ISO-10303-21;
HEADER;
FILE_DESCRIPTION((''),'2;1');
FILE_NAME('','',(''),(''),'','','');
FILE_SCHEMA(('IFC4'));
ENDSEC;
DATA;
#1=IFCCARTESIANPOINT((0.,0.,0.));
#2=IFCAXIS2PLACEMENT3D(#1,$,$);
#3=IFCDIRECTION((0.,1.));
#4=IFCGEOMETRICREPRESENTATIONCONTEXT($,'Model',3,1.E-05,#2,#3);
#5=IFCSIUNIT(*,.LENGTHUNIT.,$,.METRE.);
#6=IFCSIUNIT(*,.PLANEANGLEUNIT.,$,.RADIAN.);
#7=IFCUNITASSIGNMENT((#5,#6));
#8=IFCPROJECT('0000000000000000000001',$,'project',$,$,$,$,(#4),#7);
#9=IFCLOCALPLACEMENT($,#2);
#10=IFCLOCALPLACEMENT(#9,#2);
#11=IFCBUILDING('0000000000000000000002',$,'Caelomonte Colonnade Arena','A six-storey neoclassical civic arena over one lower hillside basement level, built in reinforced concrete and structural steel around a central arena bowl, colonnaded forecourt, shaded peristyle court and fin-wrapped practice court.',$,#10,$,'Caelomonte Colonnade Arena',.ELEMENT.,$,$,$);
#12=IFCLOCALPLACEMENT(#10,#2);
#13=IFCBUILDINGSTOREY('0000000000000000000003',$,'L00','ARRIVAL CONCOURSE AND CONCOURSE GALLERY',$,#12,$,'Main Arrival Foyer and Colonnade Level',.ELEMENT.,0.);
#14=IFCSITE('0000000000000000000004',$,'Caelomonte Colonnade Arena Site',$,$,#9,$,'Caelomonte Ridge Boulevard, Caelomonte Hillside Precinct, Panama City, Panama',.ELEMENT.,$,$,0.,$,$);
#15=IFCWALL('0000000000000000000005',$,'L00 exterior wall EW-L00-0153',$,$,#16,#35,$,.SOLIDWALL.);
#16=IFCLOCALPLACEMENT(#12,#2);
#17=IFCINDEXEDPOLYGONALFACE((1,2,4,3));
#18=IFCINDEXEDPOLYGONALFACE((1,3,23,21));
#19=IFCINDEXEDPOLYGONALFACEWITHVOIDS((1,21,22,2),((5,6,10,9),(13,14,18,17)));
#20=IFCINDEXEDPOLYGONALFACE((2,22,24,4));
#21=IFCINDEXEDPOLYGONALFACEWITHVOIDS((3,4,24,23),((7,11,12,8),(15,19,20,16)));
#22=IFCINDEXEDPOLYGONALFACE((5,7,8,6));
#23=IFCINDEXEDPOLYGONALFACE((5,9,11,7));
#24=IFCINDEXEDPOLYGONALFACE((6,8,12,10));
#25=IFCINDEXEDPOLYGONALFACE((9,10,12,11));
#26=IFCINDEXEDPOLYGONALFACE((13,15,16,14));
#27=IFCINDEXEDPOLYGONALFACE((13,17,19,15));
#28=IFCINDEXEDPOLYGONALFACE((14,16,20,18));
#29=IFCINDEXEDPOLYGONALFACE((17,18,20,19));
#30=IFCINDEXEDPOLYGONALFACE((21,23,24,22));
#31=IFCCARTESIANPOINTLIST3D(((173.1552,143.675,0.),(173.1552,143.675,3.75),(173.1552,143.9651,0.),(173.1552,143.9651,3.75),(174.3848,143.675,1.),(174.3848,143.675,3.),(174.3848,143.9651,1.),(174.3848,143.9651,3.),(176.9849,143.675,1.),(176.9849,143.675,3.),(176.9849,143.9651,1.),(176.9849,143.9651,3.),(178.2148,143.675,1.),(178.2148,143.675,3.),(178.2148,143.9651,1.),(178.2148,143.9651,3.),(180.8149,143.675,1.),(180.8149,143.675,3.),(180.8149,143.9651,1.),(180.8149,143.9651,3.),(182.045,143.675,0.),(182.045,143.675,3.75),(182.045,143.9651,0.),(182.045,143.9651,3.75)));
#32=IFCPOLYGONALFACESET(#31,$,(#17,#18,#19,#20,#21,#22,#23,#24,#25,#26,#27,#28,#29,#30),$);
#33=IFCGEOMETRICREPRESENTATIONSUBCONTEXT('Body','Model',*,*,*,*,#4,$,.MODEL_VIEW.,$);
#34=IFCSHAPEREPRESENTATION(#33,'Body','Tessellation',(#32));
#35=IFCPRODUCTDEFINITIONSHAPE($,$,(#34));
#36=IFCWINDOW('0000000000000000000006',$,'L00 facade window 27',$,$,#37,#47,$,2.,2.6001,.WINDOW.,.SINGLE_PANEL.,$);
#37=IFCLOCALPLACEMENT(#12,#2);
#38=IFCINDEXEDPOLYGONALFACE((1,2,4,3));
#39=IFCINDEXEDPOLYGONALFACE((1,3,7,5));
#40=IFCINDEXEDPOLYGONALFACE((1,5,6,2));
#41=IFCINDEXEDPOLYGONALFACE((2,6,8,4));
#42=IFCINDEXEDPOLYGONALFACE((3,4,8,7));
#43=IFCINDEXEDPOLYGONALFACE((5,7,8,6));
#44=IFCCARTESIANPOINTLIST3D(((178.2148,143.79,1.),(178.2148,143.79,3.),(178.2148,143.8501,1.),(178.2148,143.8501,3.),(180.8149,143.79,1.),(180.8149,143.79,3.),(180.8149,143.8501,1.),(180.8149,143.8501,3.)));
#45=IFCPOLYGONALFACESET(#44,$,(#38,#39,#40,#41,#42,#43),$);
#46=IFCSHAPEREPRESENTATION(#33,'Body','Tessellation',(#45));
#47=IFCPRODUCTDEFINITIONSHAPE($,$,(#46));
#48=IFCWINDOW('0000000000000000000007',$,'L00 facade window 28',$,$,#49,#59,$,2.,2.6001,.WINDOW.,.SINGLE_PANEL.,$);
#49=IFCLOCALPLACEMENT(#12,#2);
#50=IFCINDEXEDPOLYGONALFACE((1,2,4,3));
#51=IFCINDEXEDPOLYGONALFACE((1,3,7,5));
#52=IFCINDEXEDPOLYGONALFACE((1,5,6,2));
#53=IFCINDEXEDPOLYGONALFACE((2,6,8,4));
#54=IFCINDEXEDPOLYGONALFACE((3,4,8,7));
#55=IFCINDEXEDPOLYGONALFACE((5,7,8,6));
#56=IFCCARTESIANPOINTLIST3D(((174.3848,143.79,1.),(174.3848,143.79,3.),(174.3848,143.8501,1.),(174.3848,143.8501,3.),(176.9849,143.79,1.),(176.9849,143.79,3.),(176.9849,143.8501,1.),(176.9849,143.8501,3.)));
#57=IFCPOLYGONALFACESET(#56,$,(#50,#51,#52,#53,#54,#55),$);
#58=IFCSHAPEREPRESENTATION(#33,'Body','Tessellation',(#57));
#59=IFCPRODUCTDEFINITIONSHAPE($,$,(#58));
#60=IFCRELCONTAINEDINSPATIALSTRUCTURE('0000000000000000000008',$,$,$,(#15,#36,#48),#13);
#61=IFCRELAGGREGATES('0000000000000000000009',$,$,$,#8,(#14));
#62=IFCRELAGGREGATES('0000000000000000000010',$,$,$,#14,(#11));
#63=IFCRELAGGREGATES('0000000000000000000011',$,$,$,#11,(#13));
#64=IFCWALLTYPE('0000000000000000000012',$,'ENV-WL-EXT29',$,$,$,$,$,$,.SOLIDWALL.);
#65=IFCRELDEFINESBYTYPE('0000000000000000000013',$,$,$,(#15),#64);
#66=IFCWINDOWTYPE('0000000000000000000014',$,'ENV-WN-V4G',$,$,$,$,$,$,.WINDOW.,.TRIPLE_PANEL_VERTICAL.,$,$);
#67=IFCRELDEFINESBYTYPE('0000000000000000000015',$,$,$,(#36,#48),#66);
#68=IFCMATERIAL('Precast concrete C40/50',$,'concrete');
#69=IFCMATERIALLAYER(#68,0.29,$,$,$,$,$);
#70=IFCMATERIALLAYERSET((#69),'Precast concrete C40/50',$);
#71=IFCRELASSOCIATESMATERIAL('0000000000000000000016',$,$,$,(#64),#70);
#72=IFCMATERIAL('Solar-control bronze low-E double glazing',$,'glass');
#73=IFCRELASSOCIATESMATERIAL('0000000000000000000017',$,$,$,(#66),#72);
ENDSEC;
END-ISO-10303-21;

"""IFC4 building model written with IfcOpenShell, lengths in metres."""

from ifc_helpers import new_model, si_unit, direction, frame, frame_2d, origin, place, context, subcontext, project, spatial, rectangle, extrude, material, layer, layer_set, type_object, element, fill, save


model = new_model("IFC4")

# Units and contexts
model_context = context("Model", 3, precision=1e-05, world=origin(), true_north=direction((0.0, 1.0)))
body_context = subcontext(model_context, "Body", "Model", "MODEL_VIEW")
ifc_project = project(units=[si_unit("LENGTHUNIT", "METRE"), si_unit("PLANEANGLEUNIT", "RADIAN")], contexts=[model_context])

# Site, building, storey
site_placement = place(None, origin())
site = spatial("IfcSite", under=ifc_project, at=site_placement, Name="Caelomonte Colonnade Arena Site", LongName="Caelomonte Ridge Boulevard, Caelomonte Hillside Precinct, Panama City, Panama", CompositionType="ELEMENT", RefElevation=0.0)
building_placement = place(site_placement, origin())
building = spatial("IfcBuilding", under=site, at=building_placement, Name="Caelomonte Colonnade Arena", Description="A six-storey neoclassical civic arena over one lower hillside basement level, built in reinforced concrete and structural steel around a central arena bowl, colonnaded forecourt, shaded peristyle court and fin-wrapped practice court.", LongName="Caelomonte Colonnade Arena", CompositionType="ELEMENT")
storey_placement = place(building_placement, origin())
storey = spatial("IfcBuildingStorey", under=building, at=storey_placement, Name="L00", Description="ARRIVAL CONCOURSE AND CONCOURSE GALLERY", LongName="Main Arrival Foyer and Colonnade Level", CompositionType="ELEMENT", Elevation=0.0)

# Wall, openings, windows
ifc_material_1 = material(Name="Precast concrete C40/50", Category="concrete")
ifc_layer = layer(ifc_material_1, 0.29)
ifc_layer_set = layer_set([ifc_layer], Name="Precast concrete C40/50")
wall_type = type_object("IfcWallType", Name="ENV-WL-EXT29", PredefinedType="SOLIDWALL", material=ifc_layer_set)
ifc_material_2 = material(Name="Solar-control bronze low-E double glazing", Category="glass")
window_type = type_object("IfcWindowType", Name="ENV-WN-V4G", PartitioningType="TRIPLE_PANEL_VERTICAL", PredefinedType="WINDOW", material=ifc_material_2)
wall_1_placement = place(storey_placement, frame((182.0449, 143.8201, 0.0), z_axis=(0.0, 0.0, 1.0), x_axis=(-1.0, 0.0, 0.0)))
wall_1 = element("IfcWall", 1, at=wall_1_placement, inside=storey, type_object=wall_type, Name="L00 exterior wall EW-L00-0153", PredefinedType="SOLIDWALL", context=body_context, shape_type="SweptSolid", body=[
    extrude(rectangle(XDim=8.8899, YDim=0.29, at=frame_2d((4.4448, 0.0))), origin(), (0.0, 0.0, 1.0), 3.75),
])
opening_1_placement = place(wall_1_placement, frame((3.8301, 0.0, 1.0), z_axis=(0.0, 0.0, 1.0), x_axis=(-1.0, 0.0, 0.0)))
opening_1 = element("IfcOpeningElement", 2, at=opening_1_placement, cuts=wall_1, PredefinedType="OPENING", context=body_context, shape_type="SweptSolid", body=[
    extrude(rectangle(XDim=2.6001, YDim=2.0, at=frame_2d((1.3, 1.0))), frame((0.0, 0.155, 0.0), z_axis=(0.0, -1.0, 0.0), x_axis=(1.0, 0.0, 0.0)), (0.0, 0.0, 1.0), 0.3101),
])
opening_2_placement = place(wall_1_placement, frame((7.6602, 0.0, 1.0), z_axis=(0.0, 0.0, 1.0), x_axis=(-1.0, 0.0, 0.0)))
opening_2 = element("IfcOpeningElement", 3, at=opening_2_placement, cuts=wall_1, PredefinedType="OPENING", context=body_context, shape_type="SweptSolid", body=[
    extrude(rectangle(XDim=2.6001, YDim=2.0, at=frame_2d((1.3, 1.0))), frame((0.0, 0.155, 0.0), z_axis=(0.0, -1.0, 0.0), x_axis=(1.0, 0.0, 0.0)), (0.0, 0.0, 1.0), 0.3101),
])
window_1_placement = place(opening_1_placement, origin())
window_1 = element("IfcWindow", 4, at=window_1_placement, inside=storey, type_object=window_type, Name="L00 facade window 27", OverallHeight=2.0, OverallWidth=2.6001, PartitioningType="SINGLE_PANEL", PredefinedType="WINDOW", context=body_context, shape_type="SweptSolid", body=[
    extrude(rectangle(XDim=2.6001, YDim=2.0, at=frame_2d((1.3, 1.0))), frame((0.0, 0.03, 0.0), z_axis=(0.0, -1.0, 0.0), x_axis=(1.0, 0.0, 0.0)), (0.0, 0.0, 1.0), 0.0601),
])
fill(opening_1, window_1)
window_2_placement = place(opening_2_placement, origin())
window_2 = element("IfcWindow", 5, at=window_2_placement, inside=storey, type_object=window_type, Name="L00 facade window 28", OverallHeight=2.0, OverallWidth=2.6001, PartitioningType="SINGLE_PANEL", PredefinedType="WINDOW", context=body_context, shape_type="SweptSolid", body=[
    extrude(rectangle(XDim=2.6001, YDim=2.0, at=frame_2d((1.3, 1.0))), frame((0.0, 0.03, 0.0), z_axis=(0.0, -1.0, 0.0), x_axis=(1.0, 0.0, 0.0)), (0.0, 0.0, 1.0), 0.0601),
])
fill(opening_2, window_2)

save(model, "model.ifc")
